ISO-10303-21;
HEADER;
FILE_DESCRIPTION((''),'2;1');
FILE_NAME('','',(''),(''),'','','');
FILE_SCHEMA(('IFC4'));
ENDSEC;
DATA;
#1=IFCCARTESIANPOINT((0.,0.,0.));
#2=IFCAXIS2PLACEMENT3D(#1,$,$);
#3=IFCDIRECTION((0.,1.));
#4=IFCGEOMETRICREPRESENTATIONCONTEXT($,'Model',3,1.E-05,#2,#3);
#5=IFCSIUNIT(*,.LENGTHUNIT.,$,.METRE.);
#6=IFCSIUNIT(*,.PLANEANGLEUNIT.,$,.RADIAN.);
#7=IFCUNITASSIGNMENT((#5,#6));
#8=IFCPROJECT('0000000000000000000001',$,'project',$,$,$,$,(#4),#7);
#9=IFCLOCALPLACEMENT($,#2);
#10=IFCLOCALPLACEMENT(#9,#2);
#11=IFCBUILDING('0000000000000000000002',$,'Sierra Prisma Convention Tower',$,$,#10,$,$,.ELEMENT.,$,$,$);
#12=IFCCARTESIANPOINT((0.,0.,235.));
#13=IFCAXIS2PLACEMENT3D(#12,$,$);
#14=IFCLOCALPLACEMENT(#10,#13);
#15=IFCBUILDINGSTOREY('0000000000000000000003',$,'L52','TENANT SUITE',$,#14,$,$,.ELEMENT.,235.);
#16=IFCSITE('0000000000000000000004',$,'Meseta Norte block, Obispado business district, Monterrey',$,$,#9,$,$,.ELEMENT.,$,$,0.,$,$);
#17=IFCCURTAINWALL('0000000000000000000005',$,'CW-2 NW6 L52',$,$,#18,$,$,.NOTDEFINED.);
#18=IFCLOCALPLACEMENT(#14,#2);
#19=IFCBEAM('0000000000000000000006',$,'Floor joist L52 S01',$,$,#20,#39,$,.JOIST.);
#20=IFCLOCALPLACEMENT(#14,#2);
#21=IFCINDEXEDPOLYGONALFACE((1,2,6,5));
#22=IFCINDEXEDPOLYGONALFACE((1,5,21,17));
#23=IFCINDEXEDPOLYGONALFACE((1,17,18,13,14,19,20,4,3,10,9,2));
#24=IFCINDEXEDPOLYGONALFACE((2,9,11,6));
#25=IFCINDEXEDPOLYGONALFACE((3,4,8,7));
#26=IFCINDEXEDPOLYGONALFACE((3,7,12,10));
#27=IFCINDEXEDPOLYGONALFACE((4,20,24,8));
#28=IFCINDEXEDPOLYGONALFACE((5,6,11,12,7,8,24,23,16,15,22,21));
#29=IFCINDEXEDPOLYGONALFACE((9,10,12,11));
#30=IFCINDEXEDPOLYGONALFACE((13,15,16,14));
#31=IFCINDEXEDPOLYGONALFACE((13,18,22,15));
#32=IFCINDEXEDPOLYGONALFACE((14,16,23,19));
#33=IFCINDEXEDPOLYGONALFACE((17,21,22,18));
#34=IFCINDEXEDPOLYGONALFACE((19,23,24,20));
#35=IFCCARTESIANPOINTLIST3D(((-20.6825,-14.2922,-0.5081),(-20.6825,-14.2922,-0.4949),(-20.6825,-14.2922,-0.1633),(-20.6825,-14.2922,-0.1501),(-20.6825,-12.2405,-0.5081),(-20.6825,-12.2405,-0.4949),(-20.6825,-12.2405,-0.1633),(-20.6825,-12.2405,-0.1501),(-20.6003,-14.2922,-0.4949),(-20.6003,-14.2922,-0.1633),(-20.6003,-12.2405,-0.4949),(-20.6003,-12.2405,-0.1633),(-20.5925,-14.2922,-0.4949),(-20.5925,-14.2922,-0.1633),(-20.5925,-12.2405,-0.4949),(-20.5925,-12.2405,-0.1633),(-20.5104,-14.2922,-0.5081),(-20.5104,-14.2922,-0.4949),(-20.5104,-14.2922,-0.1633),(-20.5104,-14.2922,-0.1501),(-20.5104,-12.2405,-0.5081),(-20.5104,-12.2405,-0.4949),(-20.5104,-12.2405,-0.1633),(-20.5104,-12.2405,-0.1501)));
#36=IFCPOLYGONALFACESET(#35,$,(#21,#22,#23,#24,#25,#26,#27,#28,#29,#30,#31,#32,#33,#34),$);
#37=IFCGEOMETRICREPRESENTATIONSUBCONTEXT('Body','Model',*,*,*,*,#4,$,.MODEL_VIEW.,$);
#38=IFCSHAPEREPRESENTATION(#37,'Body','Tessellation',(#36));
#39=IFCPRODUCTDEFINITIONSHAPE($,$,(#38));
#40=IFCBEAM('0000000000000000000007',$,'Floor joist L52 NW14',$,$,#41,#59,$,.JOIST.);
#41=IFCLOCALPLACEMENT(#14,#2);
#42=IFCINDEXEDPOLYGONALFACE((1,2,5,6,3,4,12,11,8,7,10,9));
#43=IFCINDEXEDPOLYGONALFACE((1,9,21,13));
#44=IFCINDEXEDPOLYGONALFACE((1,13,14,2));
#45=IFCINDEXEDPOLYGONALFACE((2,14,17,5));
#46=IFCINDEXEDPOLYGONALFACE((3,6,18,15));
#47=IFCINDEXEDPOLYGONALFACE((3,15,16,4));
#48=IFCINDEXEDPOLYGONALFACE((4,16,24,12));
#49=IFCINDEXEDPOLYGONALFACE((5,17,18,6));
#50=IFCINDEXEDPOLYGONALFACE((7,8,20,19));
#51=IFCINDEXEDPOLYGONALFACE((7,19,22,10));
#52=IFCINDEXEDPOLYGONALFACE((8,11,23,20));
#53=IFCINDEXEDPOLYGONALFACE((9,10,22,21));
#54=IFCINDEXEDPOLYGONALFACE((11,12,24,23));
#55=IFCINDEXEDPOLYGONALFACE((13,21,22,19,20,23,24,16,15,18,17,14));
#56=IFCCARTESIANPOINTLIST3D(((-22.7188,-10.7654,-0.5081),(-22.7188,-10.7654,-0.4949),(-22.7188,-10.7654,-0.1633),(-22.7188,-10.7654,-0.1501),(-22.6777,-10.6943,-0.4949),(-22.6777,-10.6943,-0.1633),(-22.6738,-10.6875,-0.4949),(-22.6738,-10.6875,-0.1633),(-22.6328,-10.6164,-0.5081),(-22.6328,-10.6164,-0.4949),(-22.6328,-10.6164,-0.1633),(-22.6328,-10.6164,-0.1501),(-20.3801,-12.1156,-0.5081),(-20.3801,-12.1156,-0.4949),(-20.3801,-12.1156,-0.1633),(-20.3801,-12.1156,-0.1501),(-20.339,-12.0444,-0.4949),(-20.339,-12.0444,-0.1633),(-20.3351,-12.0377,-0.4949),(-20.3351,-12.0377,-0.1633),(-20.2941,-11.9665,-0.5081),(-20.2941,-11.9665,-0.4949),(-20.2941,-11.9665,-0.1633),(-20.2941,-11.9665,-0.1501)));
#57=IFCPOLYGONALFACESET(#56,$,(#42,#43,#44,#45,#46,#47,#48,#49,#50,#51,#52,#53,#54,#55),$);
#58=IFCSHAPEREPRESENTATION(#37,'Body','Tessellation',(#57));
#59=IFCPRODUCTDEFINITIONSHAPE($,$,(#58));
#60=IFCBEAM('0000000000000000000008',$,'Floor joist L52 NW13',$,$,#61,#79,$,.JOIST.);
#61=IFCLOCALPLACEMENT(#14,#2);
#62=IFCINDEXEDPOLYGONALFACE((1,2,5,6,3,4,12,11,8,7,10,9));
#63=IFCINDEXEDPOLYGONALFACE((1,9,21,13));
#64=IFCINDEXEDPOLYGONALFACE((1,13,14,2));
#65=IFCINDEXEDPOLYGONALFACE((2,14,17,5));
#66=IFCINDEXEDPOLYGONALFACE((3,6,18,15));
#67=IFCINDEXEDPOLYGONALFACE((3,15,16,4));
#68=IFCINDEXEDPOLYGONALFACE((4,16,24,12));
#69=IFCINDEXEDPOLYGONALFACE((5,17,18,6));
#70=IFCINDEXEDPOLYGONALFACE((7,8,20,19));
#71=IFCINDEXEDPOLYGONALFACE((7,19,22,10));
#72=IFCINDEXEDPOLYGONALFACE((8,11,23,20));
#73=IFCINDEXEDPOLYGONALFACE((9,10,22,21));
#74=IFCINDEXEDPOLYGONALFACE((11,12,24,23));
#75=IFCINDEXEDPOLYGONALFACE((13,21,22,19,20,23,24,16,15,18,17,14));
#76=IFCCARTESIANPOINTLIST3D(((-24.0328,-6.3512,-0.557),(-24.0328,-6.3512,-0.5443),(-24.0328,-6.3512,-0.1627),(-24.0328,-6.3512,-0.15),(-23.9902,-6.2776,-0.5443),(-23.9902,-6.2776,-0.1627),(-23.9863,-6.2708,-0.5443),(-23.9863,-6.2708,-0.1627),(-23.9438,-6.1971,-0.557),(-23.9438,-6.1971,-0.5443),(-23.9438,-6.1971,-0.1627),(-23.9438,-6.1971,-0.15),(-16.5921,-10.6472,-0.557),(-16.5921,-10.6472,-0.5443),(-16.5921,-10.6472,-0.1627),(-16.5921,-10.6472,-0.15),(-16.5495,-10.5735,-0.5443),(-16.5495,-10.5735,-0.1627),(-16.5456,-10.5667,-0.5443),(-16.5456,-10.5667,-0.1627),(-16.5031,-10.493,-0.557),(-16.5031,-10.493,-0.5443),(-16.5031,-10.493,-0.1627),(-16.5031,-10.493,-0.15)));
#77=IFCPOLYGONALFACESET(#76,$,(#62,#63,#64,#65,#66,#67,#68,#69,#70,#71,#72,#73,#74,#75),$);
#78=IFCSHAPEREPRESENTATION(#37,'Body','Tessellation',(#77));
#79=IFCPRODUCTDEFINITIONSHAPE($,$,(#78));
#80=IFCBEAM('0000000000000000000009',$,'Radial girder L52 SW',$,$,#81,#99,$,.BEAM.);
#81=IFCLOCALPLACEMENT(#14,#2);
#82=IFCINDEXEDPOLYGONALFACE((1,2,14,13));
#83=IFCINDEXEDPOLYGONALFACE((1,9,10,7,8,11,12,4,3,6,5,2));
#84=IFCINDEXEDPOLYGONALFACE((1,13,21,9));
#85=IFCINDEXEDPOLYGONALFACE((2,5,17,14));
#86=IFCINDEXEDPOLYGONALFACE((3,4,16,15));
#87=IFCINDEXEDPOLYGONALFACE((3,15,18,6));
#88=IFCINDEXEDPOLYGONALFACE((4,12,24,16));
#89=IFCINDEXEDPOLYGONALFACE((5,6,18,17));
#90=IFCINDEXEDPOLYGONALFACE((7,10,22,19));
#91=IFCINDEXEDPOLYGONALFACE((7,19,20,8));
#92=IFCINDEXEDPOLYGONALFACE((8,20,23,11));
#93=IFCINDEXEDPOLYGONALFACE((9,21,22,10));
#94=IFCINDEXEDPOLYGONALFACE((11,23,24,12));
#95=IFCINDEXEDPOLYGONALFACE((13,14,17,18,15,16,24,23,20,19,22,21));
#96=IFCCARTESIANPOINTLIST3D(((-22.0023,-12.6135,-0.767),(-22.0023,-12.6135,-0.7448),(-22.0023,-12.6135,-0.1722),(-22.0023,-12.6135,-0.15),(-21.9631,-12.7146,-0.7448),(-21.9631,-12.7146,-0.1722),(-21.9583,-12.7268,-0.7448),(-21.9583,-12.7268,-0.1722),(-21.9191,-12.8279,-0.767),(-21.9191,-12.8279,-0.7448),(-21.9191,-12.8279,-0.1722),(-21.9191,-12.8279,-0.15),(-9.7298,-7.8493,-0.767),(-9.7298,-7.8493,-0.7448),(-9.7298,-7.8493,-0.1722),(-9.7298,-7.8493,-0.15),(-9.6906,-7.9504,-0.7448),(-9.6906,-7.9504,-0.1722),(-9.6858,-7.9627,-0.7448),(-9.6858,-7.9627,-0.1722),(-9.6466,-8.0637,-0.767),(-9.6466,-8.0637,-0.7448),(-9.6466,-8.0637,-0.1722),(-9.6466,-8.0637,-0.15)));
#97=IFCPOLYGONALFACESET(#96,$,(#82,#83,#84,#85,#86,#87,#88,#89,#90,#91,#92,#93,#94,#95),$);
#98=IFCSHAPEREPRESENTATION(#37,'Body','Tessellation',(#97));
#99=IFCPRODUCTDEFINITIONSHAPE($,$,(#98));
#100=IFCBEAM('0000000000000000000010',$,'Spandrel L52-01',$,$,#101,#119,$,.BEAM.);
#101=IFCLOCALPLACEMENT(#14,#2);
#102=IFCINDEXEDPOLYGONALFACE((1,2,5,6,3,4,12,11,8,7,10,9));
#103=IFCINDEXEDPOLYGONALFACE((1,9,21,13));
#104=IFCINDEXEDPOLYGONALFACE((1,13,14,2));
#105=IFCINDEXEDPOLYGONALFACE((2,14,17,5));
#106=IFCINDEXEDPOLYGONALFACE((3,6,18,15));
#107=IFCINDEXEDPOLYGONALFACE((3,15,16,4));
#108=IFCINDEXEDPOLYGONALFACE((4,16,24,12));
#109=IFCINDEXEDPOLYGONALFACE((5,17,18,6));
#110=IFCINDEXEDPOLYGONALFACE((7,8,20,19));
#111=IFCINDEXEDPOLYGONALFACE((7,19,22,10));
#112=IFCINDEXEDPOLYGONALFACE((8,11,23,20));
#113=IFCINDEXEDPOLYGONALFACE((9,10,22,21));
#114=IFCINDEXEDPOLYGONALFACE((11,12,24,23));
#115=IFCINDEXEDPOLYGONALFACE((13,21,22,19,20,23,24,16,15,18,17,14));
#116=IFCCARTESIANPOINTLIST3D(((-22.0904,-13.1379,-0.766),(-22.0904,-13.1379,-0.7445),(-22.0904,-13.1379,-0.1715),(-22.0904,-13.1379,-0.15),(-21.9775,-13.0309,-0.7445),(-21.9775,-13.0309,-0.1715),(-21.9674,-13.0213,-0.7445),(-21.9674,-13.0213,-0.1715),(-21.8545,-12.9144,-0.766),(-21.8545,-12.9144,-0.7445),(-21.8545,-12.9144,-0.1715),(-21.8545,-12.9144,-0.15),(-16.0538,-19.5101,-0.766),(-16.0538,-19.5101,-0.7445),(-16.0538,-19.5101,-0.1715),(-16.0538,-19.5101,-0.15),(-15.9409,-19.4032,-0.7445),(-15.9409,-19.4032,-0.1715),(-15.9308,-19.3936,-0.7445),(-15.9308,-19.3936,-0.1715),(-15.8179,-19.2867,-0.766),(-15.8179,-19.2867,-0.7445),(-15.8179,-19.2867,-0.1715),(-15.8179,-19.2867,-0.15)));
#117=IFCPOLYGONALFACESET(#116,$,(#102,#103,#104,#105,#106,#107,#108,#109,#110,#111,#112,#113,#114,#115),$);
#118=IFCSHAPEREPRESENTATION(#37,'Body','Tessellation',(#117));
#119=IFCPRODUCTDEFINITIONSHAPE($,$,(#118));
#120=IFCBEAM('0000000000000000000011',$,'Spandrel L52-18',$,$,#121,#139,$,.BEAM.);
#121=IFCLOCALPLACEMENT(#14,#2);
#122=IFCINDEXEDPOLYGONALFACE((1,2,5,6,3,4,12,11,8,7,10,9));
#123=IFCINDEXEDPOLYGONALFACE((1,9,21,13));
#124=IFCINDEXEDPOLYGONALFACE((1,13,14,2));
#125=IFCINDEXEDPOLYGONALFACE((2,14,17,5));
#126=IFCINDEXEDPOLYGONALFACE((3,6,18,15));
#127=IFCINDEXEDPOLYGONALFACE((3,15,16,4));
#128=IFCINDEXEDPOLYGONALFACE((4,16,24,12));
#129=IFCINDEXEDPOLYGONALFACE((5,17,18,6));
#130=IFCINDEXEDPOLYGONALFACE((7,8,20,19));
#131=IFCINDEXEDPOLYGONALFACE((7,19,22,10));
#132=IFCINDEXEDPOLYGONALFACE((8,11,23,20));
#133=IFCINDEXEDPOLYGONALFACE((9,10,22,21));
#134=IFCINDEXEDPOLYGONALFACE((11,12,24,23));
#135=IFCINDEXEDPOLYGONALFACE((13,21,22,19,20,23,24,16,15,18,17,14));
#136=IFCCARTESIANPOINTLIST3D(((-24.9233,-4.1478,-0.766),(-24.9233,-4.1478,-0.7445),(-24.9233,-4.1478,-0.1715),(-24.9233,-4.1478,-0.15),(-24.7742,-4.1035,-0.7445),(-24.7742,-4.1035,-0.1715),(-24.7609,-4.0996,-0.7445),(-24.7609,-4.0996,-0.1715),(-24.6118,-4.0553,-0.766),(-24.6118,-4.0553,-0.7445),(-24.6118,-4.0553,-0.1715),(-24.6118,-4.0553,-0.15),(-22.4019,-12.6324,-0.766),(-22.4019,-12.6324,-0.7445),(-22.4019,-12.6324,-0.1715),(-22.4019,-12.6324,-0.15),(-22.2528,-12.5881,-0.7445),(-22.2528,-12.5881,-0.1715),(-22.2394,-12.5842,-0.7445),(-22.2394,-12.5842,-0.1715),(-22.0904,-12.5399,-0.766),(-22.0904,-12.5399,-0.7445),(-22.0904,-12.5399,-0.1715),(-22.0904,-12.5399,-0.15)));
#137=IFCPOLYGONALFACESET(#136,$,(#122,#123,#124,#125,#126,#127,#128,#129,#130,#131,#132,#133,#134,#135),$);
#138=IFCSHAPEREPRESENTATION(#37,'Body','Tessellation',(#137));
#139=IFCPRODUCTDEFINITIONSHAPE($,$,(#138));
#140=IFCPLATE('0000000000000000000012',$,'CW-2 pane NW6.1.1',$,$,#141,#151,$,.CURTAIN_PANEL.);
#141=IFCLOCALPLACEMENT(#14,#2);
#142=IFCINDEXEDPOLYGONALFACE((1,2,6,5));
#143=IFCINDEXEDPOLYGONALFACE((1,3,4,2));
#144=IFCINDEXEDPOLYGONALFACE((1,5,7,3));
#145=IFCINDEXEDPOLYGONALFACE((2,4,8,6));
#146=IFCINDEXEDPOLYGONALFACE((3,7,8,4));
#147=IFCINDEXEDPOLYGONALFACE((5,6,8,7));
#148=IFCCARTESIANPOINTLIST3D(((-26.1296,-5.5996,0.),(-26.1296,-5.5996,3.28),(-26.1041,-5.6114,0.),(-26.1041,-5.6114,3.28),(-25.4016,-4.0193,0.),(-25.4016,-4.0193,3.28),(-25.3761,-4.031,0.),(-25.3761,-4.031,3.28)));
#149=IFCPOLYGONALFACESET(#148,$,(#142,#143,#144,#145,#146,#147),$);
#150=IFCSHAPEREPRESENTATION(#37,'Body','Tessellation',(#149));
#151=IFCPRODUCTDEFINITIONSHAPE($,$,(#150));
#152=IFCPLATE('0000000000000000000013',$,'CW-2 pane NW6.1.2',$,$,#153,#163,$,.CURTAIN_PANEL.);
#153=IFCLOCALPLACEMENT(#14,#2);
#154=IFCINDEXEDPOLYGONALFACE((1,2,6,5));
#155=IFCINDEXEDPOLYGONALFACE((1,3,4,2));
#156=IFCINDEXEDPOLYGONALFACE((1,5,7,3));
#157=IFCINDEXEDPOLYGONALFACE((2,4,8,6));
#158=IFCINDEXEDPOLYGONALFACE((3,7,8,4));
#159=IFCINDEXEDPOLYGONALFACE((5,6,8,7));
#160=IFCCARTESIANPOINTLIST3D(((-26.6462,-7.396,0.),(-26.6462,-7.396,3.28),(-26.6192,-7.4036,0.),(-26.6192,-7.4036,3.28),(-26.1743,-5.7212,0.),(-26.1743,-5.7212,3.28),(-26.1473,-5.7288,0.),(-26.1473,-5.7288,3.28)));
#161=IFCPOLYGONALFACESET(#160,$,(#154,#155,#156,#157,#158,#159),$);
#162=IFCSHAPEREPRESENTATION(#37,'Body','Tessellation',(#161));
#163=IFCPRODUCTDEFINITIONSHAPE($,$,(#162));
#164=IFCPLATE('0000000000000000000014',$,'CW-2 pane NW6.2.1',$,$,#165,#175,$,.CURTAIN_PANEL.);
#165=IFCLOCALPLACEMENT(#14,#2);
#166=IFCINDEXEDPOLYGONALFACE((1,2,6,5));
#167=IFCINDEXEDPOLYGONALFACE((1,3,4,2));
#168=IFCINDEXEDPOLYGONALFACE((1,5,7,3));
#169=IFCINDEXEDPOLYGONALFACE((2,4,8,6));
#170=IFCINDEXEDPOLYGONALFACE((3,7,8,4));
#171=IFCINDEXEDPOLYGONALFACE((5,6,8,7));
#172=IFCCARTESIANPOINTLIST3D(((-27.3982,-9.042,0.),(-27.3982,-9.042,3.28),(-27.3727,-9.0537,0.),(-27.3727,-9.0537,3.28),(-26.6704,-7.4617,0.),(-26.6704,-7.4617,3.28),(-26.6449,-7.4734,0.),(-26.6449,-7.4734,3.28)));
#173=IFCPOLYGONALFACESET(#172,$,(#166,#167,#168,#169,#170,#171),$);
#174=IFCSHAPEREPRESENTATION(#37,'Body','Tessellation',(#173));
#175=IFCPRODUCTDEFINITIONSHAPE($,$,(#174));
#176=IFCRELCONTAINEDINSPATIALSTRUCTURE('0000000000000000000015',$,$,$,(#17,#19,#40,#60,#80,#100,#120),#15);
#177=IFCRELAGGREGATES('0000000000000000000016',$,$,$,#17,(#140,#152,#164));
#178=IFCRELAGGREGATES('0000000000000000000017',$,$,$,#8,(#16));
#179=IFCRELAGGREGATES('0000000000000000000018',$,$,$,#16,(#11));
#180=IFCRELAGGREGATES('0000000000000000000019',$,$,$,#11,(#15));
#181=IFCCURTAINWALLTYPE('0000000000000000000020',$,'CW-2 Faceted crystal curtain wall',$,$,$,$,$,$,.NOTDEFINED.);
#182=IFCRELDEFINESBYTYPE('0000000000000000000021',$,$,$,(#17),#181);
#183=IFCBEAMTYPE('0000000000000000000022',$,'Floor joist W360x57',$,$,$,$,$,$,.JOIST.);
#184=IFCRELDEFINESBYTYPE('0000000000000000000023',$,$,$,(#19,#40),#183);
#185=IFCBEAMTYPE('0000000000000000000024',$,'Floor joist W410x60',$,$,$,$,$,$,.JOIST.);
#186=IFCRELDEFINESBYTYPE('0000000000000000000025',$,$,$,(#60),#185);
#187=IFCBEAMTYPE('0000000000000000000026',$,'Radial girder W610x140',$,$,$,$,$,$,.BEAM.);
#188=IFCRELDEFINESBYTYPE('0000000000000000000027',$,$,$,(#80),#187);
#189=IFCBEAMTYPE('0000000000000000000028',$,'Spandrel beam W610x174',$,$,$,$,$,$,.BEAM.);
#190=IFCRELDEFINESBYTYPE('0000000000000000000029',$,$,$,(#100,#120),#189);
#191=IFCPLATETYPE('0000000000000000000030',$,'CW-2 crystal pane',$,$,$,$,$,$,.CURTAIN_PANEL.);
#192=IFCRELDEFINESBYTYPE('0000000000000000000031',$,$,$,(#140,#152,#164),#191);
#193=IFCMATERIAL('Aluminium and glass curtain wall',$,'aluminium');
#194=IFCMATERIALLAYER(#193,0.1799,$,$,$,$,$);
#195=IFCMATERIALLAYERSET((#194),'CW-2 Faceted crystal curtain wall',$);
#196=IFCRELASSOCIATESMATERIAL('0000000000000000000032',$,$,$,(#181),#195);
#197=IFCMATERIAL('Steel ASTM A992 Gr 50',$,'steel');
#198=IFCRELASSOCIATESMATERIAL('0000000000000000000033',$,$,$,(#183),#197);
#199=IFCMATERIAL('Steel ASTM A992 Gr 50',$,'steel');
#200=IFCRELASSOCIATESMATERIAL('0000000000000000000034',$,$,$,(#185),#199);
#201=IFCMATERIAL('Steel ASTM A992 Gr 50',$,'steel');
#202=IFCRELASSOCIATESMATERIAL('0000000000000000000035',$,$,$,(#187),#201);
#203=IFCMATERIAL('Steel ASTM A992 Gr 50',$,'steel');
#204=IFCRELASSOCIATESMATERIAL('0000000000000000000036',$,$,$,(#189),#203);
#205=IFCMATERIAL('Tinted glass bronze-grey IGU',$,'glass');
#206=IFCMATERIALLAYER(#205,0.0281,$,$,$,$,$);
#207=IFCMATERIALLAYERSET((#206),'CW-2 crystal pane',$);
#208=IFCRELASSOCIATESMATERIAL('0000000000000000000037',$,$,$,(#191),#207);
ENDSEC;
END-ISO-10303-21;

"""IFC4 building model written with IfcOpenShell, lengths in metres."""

from ifc_helpers import new_model, si_unit, direction, frame, origin, origin_2d, place, context, subcontext, project, spatial, polyline, i_section, outline, extrude, material, layer, layer_set, material_profile, profile_set, type_object, element, aggregate, save


model = new_model("IFC4")

# Units and contexts
model_context = context("Model", 3, precision=1e-05, world=origin(), true_north=direction((0.0, 1.0)))
body_context = subcontext(model_context, "Body", "Model", "MODEL_VIEW")
ifc_project = project(units=[si_unit("LENGTHUNIT", "METRE"), si_unit("PLANEANGLEUNIT", "RADIAN")], contexts=[model_context])

# Site, building, storey
site_placement = place(None, origin())
site = spatial("IfcSite", under=ifc_project, at=site_placement, Name="Meseta Norte block, Obispado business district, Monterrey", CompositionType="ELEMENT", RefElevation=0.0)
building_placement = place(site_placement, origin())
building = spatial("IfcBuilding", under=site, at=building_placement, Name="Sierra Prisma Convention Tower", CompositionType="ELEMENT")
storey_placement = place(building_placement, frame((0.0, 0.0, 235.0)))
storey = spatial("IfcBuildingStorey", under=building, at=storey_placement, Name="L52", Description="TENANT SUITE", CompositionType="ELEMENT", Elevation=235.0)

# Curtain wall
ifc_material_1 = material(Name="Aluminium and glass curtain wall", Category="aluminium")
ifc_layer_1 = layer(ifc_material_1, 0.1799)
ifc_layer_set_1 = layer_set([ifc_layer_1], Name="CW-2 Faceted crystal curtain wall")
curtain_wall_type = type_object("IfcCurtainWallType", Name="CW-2 Faceted crystal curtain wall", PredefinedType="NOTDEFINED", material=ifc_layer_set_1)
curtain_wall_1_placement = place(storey_placement, origin())
curtain_wall_1 = element("IfcCurtainWall", 1, at=curtain_wall_1_placement, inside=storey, type_object=curtain_wall_type, Name="CW-2 NW6 L52", PredefinedType="NOTDEFINED")

# Beams
ifc_material_2 = material(Name="Steel ASTM A992 Gr 50", Category="steel")
ifc_material_profile_1 = material_profile(ifc_material_2, i_section(OverallWidth=0.1721, OverallDepth=0.3579, WebThickness=0.0078, FlangeThickness=0.0132, at=origin_2d()), Name="W360x57")
ifc_profile_set_1 = profile_set([ifc_material_profile_1], Name="Steel ASTM A992 Gr 50")
beam_type_1 = type_object("IfcBeamType", Name="Floor joist W360x57", PredefinedType="JOIST", material=ifc_profile_set_1)
beam_1_placement = place(storey_placement, frame((-20.5964, -14.2922, -0.3291), z_axis=(0.0, 1.0, 0.0), x_axis=(-1.0, 0.0, 0.0)))
element("IfcBeam", 2, at=beam_1_placement, inside=storey, type_object=beam_type_1, Name="Floor joist L52 S01", PredefinedType="JOIST", context=body_context, shape_type="SweptSolid", body=[
    extrude(i_section(OverallWidth=0.1721, OverallDepth=0.3579, WebThickness=0.0078, FlangeThickness=0.0132, at=origin_2d()), origin(), (0.0, 0.0, 1.0), 2.0518),
])
beam_2_placement = place(storey_placement, frame((-22.6758, -10.6909, -0.3291), z_axis=(0.866043, -0.49997, 0.0), x_axis=(0.49997, 0.866043, 0.0)))
element("IfcBeam", 3, at=beam_2_placement, inside=storey, type_object=beam_type_1, Name="Floor joist L52 NW14", PredefinedType="JOIST", context=body_context, shape_type="SweptSolid", body=[
    extrude(i_section(OverallWidth=0.1721, OverallDepth=0.3579, WebThickness=0.0078, FlangeThickness=0.0132, at=origin_2d()), origin(), (0.0, 0.0, 1.0), 2.7004),
])
ifc_material_3 = material(Name="Steel ASTM A992 Gr 50", Category="steel")
ifc_material_profile_2 = material_profile(ifc_material_3, i_section(OverallWidth=0.178, OverallDepth=0.407, WebThickness=0.0078, FlangeThickness=0.0127, at=origin_2d()), Name="W410x60")
ifc_profile_set_2 = profile_set([ifc_material_profile_2], Name="Steel ASTM A992 Gr 50")
beam_type_2 = type_object("IfcBeamType", Name="Floor joist W410x60", PredefinedType="JOIST", material=ifc_profile_set_2)
beam_3_placement = place(storey_placement, frame((-23.9883, -6.2742, -0.3535), z_axis=(0.866024, -0.500002, 0.0), x_axis=(0.500002, 0.866024, 0.0)))
element("IfcBeam", 4, at=beam_3_placement, inside=storey, type_object=beam_type_2, Name="Floor joist L52 NW13", PredefinedType="JOIST", context=body_context, shape_type="SweptSolid", body=[
    extrude(i_section(OverallWidth=0.178, OverallDepth=0.407, WebThickness=0.0078, FlangeThickness=0.0127, at=origin_2d()), origin(), (0.0, 0.0, 1.0), 8.5918),
])
ifc_material_4 = material(Name="Steel ASTM A992 Gr 50", Category="steel")
ifc_material_profile_3 = material_profile(ifc_material_4, i_section(OverallWidth=0.23, OverallDepth=0.6169, WebThickness=0.0132, FlangeThickness=0.0222, at=origin_2d()), Name="W610x140")
ifc_profile_set_3 = profile_set([ifc_material_profile_3], Name="Steel ASTM A992 Gr 50")
beam_type_3 = type_object("IfcBeamType", Name="Radial girder W610x140", PredefinedType="BEAM", material=ifc_profile_set_3)
beam_4_placement = place(storey_placement, frame((-21.9607, -12.7207, -0.4585), z_axis=(0.932222, 0.361888, 0.0), x_axis=(-0.361888, 0.932222, 0.0)))
element("IfcBeam", 5, at=beam_4_placement, inside=storey, type_object=beam_type_3, Name="Radial girder L52 SW", PredefinedType="BEAM", context=body_context, shape_type="SweptSolid", body=[
    extrude(i_section(OverallWidth=0.23, OverallDepth=0.6169, WebThickness=0.0132, FlangeThickness=0.0222, at=origin_2d()), origin(), (0.0, 0.0, 1.0), 13.1648),
])
ifc_material_5 = material(Name="Steel ASTM A992 Gr 50", Category="steel")
ifc_material_profile_4 = material_profile(ifc_material_5, i_section(OverallWidth=0.325, OverallDepth=0.616, WebThickness=0.0139, FlangeThickness=0.0215, at=origin_2d()), Name="W610x174")
ifc_profile_set_4 = profile_set([ifc_material_profile_4], Name="Steel ASTM A992 Gr 50")
beam_type_4 = type_object("IfcBeamType", Name="Spandrel beam W610x174", PredefinedType="BEAM", material=ifc_profile_set_4)
beam_5_placement = place(storey_placement, frame((-21.9724, -13.0261, -0.458), z_axis=(0.687726, -0.72597, 0.0), x_axis=(0.72597, 0.687726, 0.0)))
element("IfcBeam", 6, at=beam_5_placement, inside=storey, type_object=beam_type_4, Name="Spandrel L52-01", PredefinedType="BEAM", context=body_context, shape_type="SweptSolid", body=[
    extrude(i_section(OverallWidth=0.325, OverallDepth=0.616, WebThickness=0.0139, FlangeThickness=0.0215, at=origin_2d()), origin(), (0.0, 0.0, 1.0), 8.7776),
])
beam_6_placement = place(storey_placement, frame((-24.7676, -4.1016, -0.458), z_axis=(0.28487, -0.958566, 0.0), x_axis=(0.958566, 0.28487, 0.0)))
element("IfcBeam", 7, at=beam_6_placement, inside=storey, type_object=beam_type_4, Name="Spandrel L52-18", PredefinedType="BEAM", context=body_context, shape_type="SweptSolid", body=[
    extrude(i_section(OverallWidth=0.325, OverallDepth=0.616, WebThickness=0.0139, FlangeThickness=0.0215, at=origin_2d()), origin(), (0.0, 0.0, 1.0), 8.8513),
])

# Plates
ifc_material_6 = material(Name="Tinted glass bronze-grey IGU", Category="glass")
ifc_layer_2 = layer(ifc_material_6, 0.0281)
ifc_layer_set_2 = layer_set([ifc_layer_2], Name="CW-2 crystal pane")
plate_type = type_object("IfcPlateType", Name="CW-2 crystal pane", PredefinedType="CURTAIN_PANEL", material=ifc_layer_set_2)
plate_1_placement = place(storey_placement, frame((-25.4016, -4.0193, 0.0), z_axis=(-0.908255, 0.418417, 0.0), x_axis=(-0.418417, -0.908255, 0.0)))
plate_1 = element("IfcPlate", 8, at=plate_1_placement, type_object=plate_type, Name="CW-2 pane NW6.1.1", PredefinedType="CURTAIN_PANEL", context=body_context, shape_type="SweptSolid", body=[
    extrude(outline(polyline([(0.0, 0.0), (1.74, 0.0), (1.74, 3.28), (0.0, 3.28), (0.0, 0.0)])), origin(), (0.0, 0.0, -1.0), 0.0281),
])
plate_2_placement = place(storey_placement, frame((-26.6462, -7.396, 0.0), z_axis=(-0.962518, 0.271217, 0.0), x_axis=(0.271217, 0.962518, 0.0)))
plate_2 = element("IfcPlate", 9, at=plate_2_placement, type_object=plate_type, Name="CW-2 pane NW6.1.2", PredefinedType="CURTAIN_PANEL", context=body_context, shape_type="SweptSolid", body=[
    extrude(outline(polyline([(0.0, 0.0), (1.74, 0.0), (1.74, -3.28), (0.0, -3.28), (0.0, 0.0)])), origin(), (0.0, 0.0, -1.0), 0.0281),
])
plate_3_placement = place(storey_placement, frame((-26.6704, -7.4617, 0.0), z_axis=(-0.908308, 0.418302, 0.0), x_axis=(-0.418302, -0.908308, 0.0)))
plate_3 = element("IfcPlate", 10, at=plate_3_placement, type_object=plate_type, Name="CW-2 pane NW6.2.1", PredefinedType="CURTAIN_PANEL", context=body_context, shape_type="SweptSolid", body=[
    extrude(outline(polyline([(0.0, 0.0), (1.7399, 0.0), (1.7399, 3.28), (0.0, 3.28), (0.0, 0.0)])), origin(), (0.0, 0.0, -1.0), 0.0281),
])
aggregate(curtain_wall_1, [plate_1, plate_2, plate_3])

save(model, "model.ifc")
